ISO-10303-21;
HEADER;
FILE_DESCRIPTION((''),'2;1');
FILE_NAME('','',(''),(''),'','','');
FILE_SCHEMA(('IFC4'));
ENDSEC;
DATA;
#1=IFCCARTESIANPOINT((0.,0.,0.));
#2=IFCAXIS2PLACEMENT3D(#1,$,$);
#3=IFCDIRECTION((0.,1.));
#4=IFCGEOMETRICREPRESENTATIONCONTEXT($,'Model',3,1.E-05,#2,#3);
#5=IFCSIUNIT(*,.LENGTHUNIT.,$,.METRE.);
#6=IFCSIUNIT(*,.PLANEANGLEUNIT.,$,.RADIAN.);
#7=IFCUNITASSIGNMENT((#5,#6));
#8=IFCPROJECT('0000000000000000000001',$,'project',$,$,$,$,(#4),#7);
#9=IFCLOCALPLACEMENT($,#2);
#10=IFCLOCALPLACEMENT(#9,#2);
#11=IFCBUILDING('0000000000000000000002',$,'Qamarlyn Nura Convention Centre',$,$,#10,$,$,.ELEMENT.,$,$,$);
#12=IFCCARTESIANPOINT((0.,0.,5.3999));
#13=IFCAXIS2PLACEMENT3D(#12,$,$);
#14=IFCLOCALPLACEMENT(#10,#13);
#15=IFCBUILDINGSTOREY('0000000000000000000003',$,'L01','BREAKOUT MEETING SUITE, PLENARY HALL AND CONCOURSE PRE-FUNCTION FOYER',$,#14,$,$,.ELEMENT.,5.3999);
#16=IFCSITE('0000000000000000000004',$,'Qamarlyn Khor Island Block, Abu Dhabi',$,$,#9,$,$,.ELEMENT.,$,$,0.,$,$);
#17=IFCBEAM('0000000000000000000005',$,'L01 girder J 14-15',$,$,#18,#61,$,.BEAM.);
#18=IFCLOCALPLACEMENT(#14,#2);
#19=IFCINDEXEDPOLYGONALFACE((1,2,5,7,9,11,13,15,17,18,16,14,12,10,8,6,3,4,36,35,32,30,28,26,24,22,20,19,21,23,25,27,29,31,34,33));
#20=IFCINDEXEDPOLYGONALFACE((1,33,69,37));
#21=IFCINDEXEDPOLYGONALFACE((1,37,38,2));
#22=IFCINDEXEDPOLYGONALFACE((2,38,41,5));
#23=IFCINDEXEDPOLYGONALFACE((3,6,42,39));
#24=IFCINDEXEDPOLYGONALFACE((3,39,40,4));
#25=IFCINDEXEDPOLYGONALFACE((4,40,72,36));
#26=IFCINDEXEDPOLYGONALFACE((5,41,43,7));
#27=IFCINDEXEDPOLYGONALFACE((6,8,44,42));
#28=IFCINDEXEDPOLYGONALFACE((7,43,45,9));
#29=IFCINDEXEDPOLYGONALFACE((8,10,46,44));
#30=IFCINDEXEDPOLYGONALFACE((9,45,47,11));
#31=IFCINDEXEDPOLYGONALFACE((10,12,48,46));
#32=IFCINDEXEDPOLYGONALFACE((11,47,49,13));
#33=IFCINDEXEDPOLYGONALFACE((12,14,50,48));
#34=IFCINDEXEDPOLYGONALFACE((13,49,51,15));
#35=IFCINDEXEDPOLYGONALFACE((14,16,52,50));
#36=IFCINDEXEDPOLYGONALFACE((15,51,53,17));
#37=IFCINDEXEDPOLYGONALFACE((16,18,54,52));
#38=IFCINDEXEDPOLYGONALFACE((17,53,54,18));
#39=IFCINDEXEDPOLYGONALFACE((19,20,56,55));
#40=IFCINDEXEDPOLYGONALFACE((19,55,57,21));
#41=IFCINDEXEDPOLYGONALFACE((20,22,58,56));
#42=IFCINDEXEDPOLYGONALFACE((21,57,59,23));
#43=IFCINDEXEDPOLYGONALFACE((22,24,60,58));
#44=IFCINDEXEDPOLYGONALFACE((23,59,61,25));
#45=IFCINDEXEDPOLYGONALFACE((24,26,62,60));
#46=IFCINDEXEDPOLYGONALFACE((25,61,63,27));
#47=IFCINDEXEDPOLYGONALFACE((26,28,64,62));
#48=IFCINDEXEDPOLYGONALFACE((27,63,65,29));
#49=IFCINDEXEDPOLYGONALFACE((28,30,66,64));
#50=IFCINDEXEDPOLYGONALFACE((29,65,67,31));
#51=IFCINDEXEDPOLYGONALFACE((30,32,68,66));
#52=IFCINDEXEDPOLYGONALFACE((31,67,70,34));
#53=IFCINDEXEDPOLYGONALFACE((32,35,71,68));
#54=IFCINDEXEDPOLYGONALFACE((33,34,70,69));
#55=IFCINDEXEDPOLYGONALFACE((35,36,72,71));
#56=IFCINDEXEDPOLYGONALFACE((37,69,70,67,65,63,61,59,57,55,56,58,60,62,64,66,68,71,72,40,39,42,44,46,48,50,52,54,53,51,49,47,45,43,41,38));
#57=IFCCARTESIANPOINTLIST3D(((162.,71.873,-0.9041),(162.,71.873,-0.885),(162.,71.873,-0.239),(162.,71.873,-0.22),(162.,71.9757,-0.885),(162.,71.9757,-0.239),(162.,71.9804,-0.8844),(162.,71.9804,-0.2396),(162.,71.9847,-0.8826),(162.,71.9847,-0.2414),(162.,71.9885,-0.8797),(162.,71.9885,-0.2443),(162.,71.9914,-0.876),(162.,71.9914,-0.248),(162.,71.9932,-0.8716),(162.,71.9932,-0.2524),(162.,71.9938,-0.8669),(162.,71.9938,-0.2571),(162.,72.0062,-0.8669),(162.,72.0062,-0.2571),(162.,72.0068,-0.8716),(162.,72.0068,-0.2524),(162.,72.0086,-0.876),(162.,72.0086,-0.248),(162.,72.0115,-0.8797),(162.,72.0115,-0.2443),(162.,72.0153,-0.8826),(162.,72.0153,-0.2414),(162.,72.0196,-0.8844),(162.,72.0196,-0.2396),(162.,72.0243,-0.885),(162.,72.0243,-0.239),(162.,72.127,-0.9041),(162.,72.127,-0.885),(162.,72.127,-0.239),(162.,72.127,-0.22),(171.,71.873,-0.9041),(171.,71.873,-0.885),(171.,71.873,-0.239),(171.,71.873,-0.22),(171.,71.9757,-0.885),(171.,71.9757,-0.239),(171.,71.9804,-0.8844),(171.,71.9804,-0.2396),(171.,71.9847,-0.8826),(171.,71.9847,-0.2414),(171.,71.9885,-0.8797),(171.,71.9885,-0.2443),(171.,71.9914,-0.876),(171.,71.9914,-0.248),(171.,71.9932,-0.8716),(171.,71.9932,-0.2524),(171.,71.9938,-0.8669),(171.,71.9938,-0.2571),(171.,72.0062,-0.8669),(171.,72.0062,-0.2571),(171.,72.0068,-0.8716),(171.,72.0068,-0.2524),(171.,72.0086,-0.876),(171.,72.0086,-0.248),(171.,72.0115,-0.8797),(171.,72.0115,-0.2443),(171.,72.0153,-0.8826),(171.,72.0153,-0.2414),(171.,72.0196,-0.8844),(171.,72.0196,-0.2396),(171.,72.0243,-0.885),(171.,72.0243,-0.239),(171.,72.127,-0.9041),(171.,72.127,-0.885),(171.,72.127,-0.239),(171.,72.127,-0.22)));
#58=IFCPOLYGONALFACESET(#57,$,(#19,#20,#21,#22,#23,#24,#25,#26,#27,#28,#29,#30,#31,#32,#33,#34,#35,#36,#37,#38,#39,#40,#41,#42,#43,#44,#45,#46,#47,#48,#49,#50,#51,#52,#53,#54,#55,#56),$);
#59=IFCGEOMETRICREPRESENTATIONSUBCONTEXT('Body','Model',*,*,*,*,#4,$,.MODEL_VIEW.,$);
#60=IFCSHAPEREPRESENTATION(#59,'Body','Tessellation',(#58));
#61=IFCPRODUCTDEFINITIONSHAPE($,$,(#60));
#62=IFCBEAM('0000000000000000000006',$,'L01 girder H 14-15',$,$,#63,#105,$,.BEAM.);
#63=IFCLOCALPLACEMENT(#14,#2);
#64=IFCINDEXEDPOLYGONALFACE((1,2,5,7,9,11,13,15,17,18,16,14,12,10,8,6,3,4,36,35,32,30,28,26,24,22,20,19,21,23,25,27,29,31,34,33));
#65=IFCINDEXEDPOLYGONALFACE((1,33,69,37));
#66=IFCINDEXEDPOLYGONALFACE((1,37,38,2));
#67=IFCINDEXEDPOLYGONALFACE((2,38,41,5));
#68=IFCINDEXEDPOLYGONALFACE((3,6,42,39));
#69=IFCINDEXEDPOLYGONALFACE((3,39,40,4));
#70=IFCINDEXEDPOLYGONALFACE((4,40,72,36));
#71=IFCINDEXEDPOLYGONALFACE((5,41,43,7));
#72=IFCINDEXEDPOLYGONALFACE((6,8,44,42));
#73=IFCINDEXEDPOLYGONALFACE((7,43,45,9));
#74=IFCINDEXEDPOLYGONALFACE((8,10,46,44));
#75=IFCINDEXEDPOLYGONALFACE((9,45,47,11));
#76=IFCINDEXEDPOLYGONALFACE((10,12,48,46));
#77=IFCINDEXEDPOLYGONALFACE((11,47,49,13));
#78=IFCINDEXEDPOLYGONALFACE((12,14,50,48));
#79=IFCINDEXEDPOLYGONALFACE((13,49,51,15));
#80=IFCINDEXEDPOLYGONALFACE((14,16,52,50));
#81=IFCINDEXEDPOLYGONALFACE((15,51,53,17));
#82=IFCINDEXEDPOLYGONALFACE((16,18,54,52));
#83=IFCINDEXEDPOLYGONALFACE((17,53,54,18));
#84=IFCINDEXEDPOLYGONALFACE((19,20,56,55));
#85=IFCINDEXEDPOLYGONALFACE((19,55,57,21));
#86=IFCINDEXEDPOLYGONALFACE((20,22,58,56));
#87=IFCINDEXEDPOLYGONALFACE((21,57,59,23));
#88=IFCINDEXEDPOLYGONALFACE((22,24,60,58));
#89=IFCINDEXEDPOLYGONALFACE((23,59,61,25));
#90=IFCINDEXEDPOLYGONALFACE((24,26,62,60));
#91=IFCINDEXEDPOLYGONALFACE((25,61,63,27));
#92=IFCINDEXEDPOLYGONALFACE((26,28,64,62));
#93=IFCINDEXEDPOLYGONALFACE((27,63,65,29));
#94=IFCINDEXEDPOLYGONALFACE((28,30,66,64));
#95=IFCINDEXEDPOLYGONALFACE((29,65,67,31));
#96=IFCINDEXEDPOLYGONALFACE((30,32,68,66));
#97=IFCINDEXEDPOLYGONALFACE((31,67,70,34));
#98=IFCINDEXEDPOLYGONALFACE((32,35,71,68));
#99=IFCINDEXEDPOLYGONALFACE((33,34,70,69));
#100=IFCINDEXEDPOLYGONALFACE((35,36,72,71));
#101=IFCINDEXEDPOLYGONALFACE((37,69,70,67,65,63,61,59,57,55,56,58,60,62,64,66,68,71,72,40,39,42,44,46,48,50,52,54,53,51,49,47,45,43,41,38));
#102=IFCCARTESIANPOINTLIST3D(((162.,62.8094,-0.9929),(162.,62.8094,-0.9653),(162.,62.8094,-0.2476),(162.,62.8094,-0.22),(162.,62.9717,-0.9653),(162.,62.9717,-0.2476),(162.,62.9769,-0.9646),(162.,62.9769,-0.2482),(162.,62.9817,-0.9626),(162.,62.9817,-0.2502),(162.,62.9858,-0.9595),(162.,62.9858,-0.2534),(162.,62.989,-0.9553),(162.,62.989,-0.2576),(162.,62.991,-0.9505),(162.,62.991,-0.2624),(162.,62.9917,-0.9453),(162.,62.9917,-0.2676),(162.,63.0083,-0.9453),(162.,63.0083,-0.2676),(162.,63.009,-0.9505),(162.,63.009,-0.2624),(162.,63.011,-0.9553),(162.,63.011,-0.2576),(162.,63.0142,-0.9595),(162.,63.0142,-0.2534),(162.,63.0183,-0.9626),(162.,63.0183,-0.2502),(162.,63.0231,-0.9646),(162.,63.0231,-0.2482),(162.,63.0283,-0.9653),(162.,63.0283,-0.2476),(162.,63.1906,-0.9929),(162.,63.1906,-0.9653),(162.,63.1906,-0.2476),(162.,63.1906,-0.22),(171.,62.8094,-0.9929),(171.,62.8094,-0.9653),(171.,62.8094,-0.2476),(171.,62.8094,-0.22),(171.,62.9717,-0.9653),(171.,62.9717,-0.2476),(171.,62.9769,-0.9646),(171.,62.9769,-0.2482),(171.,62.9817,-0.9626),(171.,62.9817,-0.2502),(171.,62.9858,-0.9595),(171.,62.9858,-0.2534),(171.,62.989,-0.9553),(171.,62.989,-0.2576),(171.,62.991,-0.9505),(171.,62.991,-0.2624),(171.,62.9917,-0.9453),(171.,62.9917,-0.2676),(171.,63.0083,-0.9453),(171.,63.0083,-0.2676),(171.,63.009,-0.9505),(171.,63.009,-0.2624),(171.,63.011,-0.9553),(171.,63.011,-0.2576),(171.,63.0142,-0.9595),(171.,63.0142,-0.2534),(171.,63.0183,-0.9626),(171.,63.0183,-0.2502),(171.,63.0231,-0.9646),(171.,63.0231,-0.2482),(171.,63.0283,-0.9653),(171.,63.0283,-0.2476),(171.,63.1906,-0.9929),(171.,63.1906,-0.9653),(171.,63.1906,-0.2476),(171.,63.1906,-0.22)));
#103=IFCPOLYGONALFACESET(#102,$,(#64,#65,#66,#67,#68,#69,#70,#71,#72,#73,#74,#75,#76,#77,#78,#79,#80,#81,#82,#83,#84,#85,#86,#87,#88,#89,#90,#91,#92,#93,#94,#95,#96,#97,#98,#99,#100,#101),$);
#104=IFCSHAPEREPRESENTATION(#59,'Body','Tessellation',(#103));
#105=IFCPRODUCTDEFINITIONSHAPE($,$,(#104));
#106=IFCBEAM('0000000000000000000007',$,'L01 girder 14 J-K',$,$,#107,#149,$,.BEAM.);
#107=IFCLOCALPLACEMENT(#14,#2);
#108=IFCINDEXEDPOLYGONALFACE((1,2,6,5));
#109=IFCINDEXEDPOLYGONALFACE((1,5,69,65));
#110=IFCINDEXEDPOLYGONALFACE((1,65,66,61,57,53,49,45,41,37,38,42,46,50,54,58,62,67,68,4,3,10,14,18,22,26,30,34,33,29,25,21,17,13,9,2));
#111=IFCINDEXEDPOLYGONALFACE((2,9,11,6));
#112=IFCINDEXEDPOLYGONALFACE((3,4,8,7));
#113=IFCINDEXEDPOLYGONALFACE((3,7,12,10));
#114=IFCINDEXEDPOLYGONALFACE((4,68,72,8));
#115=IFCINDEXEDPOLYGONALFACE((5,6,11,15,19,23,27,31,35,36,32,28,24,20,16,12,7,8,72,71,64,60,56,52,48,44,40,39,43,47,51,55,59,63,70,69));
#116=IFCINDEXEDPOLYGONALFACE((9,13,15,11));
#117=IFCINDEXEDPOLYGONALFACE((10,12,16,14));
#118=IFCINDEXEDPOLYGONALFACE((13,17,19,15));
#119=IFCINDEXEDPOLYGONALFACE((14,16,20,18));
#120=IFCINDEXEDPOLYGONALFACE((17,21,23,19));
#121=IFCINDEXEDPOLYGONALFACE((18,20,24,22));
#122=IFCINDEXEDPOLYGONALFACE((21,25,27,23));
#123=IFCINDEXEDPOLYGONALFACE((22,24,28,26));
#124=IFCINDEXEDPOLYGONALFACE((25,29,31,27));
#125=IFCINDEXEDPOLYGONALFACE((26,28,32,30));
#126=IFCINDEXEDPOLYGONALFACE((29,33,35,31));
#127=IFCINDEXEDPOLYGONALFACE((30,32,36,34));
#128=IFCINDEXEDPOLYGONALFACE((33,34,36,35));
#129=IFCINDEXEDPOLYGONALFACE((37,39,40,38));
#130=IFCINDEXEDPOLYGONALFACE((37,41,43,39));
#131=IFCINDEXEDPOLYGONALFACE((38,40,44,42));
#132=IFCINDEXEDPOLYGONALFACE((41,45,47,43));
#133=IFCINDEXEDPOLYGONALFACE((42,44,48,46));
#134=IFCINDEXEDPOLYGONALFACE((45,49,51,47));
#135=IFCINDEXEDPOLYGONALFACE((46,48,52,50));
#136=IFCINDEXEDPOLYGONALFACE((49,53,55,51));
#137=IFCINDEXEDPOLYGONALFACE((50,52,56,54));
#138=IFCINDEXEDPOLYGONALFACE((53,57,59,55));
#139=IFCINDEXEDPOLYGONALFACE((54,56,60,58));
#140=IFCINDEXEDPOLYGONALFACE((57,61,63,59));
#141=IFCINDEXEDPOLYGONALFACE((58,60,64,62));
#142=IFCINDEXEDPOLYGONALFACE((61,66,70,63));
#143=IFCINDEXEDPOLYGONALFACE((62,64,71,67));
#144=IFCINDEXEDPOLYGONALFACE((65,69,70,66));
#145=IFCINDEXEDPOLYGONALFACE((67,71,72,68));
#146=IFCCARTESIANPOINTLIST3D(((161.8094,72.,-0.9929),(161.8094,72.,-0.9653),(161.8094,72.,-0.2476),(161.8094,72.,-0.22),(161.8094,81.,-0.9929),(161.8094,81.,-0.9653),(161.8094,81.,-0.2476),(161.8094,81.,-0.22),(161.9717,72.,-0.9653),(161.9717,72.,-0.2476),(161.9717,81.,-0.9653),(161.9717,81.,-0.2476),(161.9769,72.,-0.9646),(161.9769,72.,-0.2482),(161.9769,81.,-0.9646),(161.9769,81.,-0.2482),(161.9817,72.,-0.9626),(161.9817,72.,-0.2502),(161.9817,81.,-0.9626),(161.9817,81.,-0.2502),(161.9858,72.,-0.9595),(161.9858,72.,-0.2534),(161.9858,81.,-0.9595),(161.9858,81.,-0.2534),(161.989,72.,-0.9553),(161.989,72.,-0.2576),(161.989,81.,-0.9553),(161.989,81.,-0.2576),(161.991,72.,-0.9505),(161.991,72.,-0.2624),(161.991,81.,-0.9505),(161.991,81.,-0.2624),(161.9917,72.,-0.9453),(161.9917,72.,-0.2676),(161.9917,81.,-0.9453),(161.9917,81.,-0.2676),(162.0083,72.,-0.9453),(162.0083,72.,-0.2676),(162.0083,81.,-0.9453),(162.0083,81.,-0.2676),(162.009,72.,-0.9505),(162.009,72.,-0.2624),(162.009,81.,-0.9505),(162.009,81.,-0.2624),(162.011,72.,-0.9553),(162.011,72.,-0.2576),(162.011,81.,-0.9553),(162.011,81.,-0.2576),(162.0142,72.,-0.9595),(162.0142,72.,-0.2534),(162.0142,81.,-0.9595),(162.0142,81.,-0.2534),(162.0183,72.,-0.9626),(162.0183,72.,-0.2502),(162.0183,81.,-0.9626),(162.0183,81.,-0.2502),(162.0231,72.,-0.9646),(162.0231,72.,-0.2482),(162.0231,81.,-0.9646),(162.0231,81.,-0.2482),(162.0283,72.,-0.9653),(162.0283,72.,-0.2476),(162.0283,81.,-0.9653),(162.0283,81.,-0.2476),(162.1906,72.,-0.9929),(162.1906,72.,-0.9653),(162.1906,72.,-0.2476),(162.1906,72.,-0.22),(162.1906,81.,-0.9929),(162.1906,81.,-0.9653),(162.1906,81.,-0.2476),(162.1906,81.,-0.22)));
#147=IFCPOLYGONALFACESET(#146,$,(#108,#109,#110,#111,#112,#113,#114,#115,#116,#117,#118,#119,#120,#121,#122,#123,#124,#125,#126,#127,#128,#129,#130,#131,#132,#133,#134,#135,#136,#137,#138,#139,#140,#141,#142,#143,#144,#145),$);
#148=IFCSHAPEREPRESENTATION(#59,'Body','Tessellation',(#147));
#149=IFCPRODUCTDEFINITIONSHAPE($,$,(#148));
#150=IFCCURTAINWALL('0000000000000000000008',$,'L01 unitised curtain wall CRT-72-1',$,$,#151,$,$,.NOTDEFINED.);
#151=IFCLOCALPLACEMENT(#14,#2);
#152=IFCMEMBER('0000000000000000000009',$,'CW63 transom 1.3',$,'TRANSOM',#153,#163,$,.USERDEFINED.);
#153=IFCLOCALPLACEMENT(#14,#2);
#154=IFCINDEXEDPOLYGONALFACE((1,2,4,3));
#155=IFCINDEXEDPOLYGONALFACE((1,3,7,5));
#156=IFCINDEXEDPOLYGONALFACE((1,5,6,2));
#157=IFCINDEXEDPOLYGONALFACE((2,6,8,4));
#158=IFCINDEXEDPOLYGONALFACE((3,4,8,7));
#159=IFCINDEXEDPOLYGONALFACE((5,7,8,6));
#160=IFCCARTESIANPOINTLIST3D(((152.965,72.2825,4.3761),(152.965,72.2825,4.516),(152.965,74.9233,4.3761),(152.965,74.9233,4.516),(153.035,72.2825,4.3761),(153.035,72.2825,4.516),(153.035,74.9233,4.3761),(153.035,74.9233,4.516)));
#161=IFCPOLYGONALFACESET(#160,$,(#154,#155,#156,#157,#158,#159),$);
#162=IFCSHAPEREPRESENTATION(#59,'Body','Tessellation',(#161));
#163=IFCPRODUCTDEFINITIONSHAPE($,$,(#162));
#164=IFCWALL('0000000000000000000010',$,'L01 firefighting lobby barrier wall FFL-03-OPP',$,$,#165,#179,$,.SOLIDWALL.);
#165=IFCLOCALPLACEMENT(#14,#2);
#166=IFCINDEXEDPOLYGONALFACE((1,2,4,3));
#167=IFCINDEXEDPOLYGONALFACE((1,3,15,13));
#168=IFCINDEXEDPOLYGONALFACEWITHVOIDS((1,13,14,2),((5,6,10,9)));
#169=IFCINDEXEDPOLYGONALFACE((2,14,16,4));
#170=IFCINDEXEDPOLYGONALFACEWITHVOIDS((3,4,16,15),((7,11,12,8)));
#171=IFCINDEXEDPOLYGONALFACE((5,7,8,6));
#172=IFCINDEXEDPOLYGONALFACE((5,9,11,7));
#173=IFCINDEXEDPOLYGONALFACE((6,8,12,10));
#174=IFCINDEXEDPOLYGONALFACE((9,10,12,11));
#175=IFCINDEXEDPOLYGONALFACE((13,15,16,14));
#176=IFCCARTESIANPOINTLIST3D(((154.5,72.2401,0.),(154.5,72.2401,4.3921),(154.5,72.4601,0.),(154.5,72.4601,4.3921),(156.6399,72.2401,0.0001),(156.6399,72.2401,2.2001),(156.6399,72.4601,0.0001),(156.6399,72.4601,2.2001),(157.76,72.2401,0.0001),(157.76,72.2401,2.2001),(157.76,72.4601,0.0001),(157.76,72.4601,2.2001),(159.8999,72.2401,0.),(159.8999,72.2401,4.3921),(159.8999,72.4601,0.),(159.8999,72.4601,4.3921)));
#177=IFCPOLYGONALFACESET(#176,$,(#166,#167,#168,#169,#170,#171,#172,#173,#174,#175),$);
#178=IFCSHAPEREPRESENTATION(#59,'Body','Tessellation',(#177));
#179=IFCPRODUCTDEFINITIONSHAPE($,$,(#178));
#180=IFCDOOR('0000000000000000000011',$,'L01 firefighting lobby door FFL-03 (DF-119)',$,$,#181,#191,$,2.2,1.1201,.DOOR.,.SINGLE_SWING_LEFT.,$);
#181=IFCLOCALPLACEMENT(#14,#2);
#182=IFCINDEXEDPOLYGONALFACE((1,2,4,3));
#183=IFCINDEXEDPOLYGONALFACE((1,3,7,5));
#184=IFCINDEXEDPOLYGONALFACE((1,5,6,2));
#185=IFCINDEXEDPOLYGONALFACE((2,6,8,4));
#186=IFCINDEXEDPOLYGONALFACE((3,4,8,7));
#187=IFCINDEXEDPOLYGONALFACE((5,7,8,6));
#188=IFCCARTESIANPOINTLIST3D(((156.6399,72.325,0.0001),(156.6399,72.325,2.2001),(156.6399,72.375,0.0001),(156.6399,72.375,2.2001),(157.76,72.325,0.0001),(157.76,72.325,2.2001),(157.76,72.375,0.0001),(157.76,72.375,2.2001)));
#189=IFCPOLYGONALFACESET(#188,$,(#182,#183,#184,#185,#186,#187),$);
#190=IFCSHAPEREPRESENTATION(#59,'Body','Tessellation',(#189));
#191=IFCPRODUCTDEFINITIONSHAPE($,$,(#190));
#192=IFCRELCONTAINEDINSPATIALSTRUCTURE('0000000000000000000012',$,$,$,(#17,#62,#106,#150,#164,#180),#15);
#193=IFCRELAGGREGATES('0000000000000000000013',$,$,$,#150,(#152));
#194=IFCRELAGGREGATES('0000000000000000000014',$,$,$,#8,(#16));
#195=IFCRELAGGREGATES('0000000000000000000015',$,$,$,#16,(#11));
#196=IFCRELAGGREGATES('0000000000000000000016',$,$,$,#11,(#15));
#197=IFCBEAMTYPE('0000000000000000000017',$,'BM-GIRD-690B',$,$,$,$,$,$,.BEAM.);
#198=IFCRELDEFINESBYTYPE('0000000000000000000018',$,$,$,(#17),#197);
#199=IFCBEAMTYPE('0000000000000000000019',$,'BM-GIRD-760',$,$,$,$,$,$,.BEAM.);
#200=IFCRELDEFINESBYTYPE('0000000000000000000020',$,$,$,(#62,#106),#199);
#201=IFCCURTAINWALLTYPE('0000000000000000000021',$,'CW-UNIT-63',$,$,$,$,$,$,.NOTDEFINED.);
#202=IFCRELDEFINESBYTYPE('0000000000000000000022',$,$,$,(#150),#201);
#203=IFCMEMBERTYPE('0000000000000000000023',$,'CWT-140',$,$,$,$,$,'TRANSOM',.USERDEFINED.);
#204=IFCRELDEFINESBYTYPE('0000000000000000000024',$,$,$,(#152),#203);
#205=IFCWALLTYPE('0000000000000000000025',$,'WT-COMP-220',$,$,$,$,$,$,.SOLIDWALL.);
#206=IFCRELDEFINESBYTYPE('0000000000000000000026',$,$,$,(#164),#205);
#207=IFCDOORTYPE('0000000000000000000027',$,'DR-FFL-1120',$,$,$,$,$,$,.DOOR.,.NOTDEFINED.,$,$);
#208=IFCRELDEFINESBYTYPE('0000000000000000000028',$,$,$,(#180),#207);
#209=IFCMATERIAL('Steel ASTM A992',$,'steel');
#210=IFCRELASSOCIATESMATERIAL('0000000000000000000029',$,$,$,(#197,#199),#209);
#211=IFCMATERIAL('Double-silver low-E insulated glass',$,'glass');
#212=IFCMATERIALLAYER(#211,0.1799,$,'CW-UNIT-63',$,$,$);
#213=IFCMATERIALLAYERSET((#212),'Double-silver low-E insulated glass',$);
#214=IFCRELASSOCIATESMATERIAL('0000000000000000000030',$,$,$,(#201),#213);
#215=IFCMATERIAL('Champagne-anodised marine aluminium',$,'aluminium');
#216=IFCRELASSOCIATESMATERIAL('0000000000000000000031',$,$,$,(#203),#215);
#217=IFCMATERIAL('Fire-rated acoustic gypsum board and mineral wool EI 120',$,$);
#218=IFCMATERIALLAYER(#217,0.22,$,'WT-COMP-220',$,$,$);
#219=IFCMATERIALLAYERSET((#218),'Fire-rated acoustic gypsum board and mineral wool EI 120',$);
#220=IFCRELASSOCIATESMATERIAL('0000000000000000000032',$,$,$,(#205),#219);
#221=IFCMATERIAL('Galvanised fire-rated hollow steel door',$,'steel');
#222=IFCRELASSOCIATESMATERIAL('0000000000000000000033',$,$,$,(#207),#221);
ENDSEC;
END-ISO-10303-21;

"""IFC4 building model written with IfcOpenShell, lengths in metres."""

from ifc_helpers import new_model, si_unit, direction, frame, frame_2d, origin, origin_2d, place, context, subcontext, project, spatial, rectangle, i_section, extrude, material, layer, layer_set, material_profile, profile_set, type_object, element, fill, aggregate, save


model = new_model("IFC4")

# Units and contexts
model_context = context("Model", 3, precision=1e-05, world=origin(), true_north=direction((0.0, 1.0)))
body_context = subcontext(model_context, "Body", "Model", "MODEL_VIEW")
ifc_project = project(units=[si_unit("LENGTHUNIT", "METRE"), si_unit("PLANEANGLEUNIT", "RADIAN")], contexts=[model_context])

# Site, building, storey
site_placement = place(None, origin())
site = spatial("IfcSite", under=ifc_project, at=site_placement, Name="Qamarlyn Khor Island Block, Abu Dhabi", CompositionType="ELEMENT", RefElevation=0.0)
building_placement = place(site_placement, origin())
building = spatial("IfcBuilding", under=site, at=building_placement, Name="Qamarlyn Nura Convention Centre", CompositionType="ELEMENT")
storey_placement = place(building_placement, frame((0.0, 0.0, 5.3999)))
storey = spatial("IfcBuildingStorey", under=building, at=storey_placement, Name="L01", Description="BREAKOUT MEETING SUITE, PLENARY HALL AND CONCOURSE PRE-FUNCTION FOYER", CompositionType="ELEMENT", Elevation=5.3999)

# Shared definitions
ifc_material_1 = material(Name="Steel ASTM A992", Category="steel")

# Beams
ifc_material_profile_1 = material_profile(ifc_material_1, i_section(OverallWidth=0.2539, OverallDepth=0.6841, WebThickness=0.0125, FlangeThickness=0.019, FilletRadius=0.0181, at=origin_2d()), Name="W690X140")
ifc_profile_set_1 = profile_set([ifc_material_profile_1], Name="Steel ASTM A992")
beam_type_1 = type_object("IfcBeamType", Name="BM-GIRD-690B", PredefinedType="BEAM", material=ifc_profile_set_1)
beam_1_placement = place(storey_placement, frame((162.0, 72.0, -0.562), z_axis=(1.0, 0.0, 0.0), x_axis=(0.0, 1.0, 0.0)))
element("IfcBeam", 1, at=beam_1_placement, inside=storey, type_object=beam_type_1, Name="L01 girder J 14-15", PredefinedType="BEAM", context=body_context, shape_type="SweptSolid", body=[
    extrude(i_section(OverallWidth=0.2539, OverallDepth=0.6841, WebThickness=0.0125, FlangeThickness=0.019, FilletRadius=0.0181, at=origin_2d()), origin(), (0.0, 0.0, 1.0), 9.0),
])
ifc_material_profile_2 = material_profile(ifc_material_1, i_section(OverallWidth=0.3811, OverallDepth=0.7729, WebThickness=0.0166, FlangeThickness=0.0276, FilletRadius=0.02, at=origin_2d()), Name="W760X257")
ifc_profile_set_2 = profile_set([ifc_material_profile_2], Name="Steel ASTM A992")
beam_type_2 = type_object("IfcBeamType", Name="BM-GIRD-760", PredefinedType="BEAM", material=ifc_profile_set_2)
for number, where, z_axis, x_axis, name in (
    (2, (162.0, 63.0, -0.6064), (1.0, 0.0, 0.0), (0.0, 1.0, 0.0), "L01 girder H 14-15"),
    (3, (162.0, 72.0, -0.6064), (0.0, 1.0, 0.0), (-1.0, 0.0, 0.0), "L01 girder 14 J-K"),
):
    element("IfcBeam", number, at=place(storey_placement, frame(where, z_axis=z_axis, x_axis=x_axis)), inside=storey, type_object=beam_type_2, Name=name, PredefinedType="BEAM", context=body_context, shape_type="SweptSolid", body=[
        extrude(i_section(OverallWidth=0.3811, OverallDepth=0.7729, WebThickness=0.0166, FlangeThickness=0.0276, FilletRadius=0.02, at=origin_2d()), origin(), (0.0, 0.0, 1.0), 9.0),
    ])

# Curtain wall, member
ifc_material_2 = material(Name="Double-silver low-E insulated glass", Category="glass")
ifc_layer_1 = layer(ifc_material_2, 0.1799, Name="CW-UNIT-63")
ifc_layer_set_1 = layer_set([ifc_layer_1], Name="Double-silver low-E insulated glass")
curtain_wall_type = type_object("IfcCurtainWallType", Name="CW-UNIT-63", PredefinedType="NOTDEFINED", material=ifc_layer_set_1)
curtain_wall_placement = place(storey_placement, origin())
curtain_wall = element("IfcCurtainWall", 4, at=curtain_wall_placement, inside=storey, type_object=curtain_wall_type, Name="L01 unitised curtain wall CRT-72-1", PredefinedType="NOTDEFINED")
ifc_material_3 = material(Name="Champagne-anodised marine aluminium", Category="aluminium")
ifc_material_profile_3 = material_profile(ifc_material_3, rectangle(XDim=0.0701, YDim=0.1399, at=origin_2d()), Name="ALU TRANSOM 70x140")
ifc_profile_set_3 = profile_set([ifc_material_profile_3], Name="Champagne-anodised marine aluminium")
member_type = type_object("IfcMemberType", Name="CWT-140", ElementType="TRANSOM", PredefinedType="USERDEFINED", material=ifc_profile_set_3)
member_placement = place(storey_placement, frame((153.0, 72.2825, 4.446), z_axis=(0.0, 1.0, 0.0), x_axis=(-1.0, 0.0, 0.0)))
member = element("IfcMember", 5, at=member_placement, type_object=member_type, Name="CW63 transom 1.3", ObjectType="TRANSOM", PredefinedType="USERDEFINED", context=body_context, shape_type="SweptSolid", body=[
    extrude(rectangle(XDim=0.0701, YDim=0.1399, at=origin_2d()), origin(), (0.0, 0.0, 1.0), 2.6409),
])
aggregate(curtain_wall, [member])

# Wall, opening, door
ifc_material_4 = material(Name="Fire-rated acoustic gypsum board and mineral wool EI 120")
ifc_layer_2 = layer(ifc_material_4, 0.22, Name="WT-COMP-220")
ifc_layer_set_2 = layer_set([ifc_layer_2], Name="Fire-rated acoustic gypsum board and mineral wool EI 120")
wall_type_1 = type_object("IfcWallType", Name="WT-COMP-220", PredefinedType="SOLIDWALL", material=ifc_layer_set_2)
wall_1_placement = place(storey_placement, frame((154.5, 72.3501, 0.0), z_axis=(0.0, 0.0, 1.0), x_axis=(1.0, 0.0, 0.0)))
wall_1 = element("IfcWall", 6, at=wall_1_placement, inside=storey, type_object=wall_type_1, Name="L01 firefighting lobby barrier wall FFL-03-OPP", PredefinedType="SOLIDWALL", context=body_context, shape_type="SweptSolid", body=[
    extrude(rectangle(XDim=5.3999, YDim=0.22, at=frame_2d((2.7, 0.0))), origin(), (0.0, 0.0, 1.0), 4.3921),
])
opening_1_placement = place(wall_1_placement, frame((2.1399, 0.0, 0.0)))
opening_1 = element("IfcOpeningElement", 7, at=opening_1_placement, cuts=wall_1, PredefinedType="OPENING", context=body_context, shape_type="SweptSolid", body=[
    extrude(rectangle(XDim=1.1201, YDim=2.2, at=frame_2d((0.5601, 1.1001))), frame((0.0, 0.1201, 0.0), z_axis=(0.0, -1.0, 0.0), x_axis=(1.0, 0.0, 0.0)), (0.0, 0.0, 1.0), 0.24),
])
ifc_material_5 = material(Name="Galvanised fire-rated hollow steel door", Category="steel")
door_type_1 = type_object("IfcDoorType", Name="DR-FFL-1120", OperationType="NOTDEFINED", PredefinedType="DOOR", material=ifc_material_5)
door_1_placement = place(opening_1_placement, origin())
door_1 = element("IfcDoor", 8, at=door_1_placement, inside=storey, type_object=door_type_1, Name="L01 firefighting lobby door FFL-03 (DF-119)", OperationType="SINGLE_SWING_LEFT", OverallHeight=2.2, OverallWidth=1.1201, PredefinedType="DOOR", context=body_context, shape_type="SweptSolid", body=[
    extrude(rectangle(XDim=1.1201, YDim=2.2, at=frame_2d((0.5601, 1.1001))), frame((0.0, 0.0249, 0.0), z_axis=(0.0, -1.0, 0.0), x_axis=(1.0, 0.0, 0.0)), (0.0, 0.0, 1.0), 0.05),
])
fill(opening_1, door_1)

save(model, "model.ifc")
